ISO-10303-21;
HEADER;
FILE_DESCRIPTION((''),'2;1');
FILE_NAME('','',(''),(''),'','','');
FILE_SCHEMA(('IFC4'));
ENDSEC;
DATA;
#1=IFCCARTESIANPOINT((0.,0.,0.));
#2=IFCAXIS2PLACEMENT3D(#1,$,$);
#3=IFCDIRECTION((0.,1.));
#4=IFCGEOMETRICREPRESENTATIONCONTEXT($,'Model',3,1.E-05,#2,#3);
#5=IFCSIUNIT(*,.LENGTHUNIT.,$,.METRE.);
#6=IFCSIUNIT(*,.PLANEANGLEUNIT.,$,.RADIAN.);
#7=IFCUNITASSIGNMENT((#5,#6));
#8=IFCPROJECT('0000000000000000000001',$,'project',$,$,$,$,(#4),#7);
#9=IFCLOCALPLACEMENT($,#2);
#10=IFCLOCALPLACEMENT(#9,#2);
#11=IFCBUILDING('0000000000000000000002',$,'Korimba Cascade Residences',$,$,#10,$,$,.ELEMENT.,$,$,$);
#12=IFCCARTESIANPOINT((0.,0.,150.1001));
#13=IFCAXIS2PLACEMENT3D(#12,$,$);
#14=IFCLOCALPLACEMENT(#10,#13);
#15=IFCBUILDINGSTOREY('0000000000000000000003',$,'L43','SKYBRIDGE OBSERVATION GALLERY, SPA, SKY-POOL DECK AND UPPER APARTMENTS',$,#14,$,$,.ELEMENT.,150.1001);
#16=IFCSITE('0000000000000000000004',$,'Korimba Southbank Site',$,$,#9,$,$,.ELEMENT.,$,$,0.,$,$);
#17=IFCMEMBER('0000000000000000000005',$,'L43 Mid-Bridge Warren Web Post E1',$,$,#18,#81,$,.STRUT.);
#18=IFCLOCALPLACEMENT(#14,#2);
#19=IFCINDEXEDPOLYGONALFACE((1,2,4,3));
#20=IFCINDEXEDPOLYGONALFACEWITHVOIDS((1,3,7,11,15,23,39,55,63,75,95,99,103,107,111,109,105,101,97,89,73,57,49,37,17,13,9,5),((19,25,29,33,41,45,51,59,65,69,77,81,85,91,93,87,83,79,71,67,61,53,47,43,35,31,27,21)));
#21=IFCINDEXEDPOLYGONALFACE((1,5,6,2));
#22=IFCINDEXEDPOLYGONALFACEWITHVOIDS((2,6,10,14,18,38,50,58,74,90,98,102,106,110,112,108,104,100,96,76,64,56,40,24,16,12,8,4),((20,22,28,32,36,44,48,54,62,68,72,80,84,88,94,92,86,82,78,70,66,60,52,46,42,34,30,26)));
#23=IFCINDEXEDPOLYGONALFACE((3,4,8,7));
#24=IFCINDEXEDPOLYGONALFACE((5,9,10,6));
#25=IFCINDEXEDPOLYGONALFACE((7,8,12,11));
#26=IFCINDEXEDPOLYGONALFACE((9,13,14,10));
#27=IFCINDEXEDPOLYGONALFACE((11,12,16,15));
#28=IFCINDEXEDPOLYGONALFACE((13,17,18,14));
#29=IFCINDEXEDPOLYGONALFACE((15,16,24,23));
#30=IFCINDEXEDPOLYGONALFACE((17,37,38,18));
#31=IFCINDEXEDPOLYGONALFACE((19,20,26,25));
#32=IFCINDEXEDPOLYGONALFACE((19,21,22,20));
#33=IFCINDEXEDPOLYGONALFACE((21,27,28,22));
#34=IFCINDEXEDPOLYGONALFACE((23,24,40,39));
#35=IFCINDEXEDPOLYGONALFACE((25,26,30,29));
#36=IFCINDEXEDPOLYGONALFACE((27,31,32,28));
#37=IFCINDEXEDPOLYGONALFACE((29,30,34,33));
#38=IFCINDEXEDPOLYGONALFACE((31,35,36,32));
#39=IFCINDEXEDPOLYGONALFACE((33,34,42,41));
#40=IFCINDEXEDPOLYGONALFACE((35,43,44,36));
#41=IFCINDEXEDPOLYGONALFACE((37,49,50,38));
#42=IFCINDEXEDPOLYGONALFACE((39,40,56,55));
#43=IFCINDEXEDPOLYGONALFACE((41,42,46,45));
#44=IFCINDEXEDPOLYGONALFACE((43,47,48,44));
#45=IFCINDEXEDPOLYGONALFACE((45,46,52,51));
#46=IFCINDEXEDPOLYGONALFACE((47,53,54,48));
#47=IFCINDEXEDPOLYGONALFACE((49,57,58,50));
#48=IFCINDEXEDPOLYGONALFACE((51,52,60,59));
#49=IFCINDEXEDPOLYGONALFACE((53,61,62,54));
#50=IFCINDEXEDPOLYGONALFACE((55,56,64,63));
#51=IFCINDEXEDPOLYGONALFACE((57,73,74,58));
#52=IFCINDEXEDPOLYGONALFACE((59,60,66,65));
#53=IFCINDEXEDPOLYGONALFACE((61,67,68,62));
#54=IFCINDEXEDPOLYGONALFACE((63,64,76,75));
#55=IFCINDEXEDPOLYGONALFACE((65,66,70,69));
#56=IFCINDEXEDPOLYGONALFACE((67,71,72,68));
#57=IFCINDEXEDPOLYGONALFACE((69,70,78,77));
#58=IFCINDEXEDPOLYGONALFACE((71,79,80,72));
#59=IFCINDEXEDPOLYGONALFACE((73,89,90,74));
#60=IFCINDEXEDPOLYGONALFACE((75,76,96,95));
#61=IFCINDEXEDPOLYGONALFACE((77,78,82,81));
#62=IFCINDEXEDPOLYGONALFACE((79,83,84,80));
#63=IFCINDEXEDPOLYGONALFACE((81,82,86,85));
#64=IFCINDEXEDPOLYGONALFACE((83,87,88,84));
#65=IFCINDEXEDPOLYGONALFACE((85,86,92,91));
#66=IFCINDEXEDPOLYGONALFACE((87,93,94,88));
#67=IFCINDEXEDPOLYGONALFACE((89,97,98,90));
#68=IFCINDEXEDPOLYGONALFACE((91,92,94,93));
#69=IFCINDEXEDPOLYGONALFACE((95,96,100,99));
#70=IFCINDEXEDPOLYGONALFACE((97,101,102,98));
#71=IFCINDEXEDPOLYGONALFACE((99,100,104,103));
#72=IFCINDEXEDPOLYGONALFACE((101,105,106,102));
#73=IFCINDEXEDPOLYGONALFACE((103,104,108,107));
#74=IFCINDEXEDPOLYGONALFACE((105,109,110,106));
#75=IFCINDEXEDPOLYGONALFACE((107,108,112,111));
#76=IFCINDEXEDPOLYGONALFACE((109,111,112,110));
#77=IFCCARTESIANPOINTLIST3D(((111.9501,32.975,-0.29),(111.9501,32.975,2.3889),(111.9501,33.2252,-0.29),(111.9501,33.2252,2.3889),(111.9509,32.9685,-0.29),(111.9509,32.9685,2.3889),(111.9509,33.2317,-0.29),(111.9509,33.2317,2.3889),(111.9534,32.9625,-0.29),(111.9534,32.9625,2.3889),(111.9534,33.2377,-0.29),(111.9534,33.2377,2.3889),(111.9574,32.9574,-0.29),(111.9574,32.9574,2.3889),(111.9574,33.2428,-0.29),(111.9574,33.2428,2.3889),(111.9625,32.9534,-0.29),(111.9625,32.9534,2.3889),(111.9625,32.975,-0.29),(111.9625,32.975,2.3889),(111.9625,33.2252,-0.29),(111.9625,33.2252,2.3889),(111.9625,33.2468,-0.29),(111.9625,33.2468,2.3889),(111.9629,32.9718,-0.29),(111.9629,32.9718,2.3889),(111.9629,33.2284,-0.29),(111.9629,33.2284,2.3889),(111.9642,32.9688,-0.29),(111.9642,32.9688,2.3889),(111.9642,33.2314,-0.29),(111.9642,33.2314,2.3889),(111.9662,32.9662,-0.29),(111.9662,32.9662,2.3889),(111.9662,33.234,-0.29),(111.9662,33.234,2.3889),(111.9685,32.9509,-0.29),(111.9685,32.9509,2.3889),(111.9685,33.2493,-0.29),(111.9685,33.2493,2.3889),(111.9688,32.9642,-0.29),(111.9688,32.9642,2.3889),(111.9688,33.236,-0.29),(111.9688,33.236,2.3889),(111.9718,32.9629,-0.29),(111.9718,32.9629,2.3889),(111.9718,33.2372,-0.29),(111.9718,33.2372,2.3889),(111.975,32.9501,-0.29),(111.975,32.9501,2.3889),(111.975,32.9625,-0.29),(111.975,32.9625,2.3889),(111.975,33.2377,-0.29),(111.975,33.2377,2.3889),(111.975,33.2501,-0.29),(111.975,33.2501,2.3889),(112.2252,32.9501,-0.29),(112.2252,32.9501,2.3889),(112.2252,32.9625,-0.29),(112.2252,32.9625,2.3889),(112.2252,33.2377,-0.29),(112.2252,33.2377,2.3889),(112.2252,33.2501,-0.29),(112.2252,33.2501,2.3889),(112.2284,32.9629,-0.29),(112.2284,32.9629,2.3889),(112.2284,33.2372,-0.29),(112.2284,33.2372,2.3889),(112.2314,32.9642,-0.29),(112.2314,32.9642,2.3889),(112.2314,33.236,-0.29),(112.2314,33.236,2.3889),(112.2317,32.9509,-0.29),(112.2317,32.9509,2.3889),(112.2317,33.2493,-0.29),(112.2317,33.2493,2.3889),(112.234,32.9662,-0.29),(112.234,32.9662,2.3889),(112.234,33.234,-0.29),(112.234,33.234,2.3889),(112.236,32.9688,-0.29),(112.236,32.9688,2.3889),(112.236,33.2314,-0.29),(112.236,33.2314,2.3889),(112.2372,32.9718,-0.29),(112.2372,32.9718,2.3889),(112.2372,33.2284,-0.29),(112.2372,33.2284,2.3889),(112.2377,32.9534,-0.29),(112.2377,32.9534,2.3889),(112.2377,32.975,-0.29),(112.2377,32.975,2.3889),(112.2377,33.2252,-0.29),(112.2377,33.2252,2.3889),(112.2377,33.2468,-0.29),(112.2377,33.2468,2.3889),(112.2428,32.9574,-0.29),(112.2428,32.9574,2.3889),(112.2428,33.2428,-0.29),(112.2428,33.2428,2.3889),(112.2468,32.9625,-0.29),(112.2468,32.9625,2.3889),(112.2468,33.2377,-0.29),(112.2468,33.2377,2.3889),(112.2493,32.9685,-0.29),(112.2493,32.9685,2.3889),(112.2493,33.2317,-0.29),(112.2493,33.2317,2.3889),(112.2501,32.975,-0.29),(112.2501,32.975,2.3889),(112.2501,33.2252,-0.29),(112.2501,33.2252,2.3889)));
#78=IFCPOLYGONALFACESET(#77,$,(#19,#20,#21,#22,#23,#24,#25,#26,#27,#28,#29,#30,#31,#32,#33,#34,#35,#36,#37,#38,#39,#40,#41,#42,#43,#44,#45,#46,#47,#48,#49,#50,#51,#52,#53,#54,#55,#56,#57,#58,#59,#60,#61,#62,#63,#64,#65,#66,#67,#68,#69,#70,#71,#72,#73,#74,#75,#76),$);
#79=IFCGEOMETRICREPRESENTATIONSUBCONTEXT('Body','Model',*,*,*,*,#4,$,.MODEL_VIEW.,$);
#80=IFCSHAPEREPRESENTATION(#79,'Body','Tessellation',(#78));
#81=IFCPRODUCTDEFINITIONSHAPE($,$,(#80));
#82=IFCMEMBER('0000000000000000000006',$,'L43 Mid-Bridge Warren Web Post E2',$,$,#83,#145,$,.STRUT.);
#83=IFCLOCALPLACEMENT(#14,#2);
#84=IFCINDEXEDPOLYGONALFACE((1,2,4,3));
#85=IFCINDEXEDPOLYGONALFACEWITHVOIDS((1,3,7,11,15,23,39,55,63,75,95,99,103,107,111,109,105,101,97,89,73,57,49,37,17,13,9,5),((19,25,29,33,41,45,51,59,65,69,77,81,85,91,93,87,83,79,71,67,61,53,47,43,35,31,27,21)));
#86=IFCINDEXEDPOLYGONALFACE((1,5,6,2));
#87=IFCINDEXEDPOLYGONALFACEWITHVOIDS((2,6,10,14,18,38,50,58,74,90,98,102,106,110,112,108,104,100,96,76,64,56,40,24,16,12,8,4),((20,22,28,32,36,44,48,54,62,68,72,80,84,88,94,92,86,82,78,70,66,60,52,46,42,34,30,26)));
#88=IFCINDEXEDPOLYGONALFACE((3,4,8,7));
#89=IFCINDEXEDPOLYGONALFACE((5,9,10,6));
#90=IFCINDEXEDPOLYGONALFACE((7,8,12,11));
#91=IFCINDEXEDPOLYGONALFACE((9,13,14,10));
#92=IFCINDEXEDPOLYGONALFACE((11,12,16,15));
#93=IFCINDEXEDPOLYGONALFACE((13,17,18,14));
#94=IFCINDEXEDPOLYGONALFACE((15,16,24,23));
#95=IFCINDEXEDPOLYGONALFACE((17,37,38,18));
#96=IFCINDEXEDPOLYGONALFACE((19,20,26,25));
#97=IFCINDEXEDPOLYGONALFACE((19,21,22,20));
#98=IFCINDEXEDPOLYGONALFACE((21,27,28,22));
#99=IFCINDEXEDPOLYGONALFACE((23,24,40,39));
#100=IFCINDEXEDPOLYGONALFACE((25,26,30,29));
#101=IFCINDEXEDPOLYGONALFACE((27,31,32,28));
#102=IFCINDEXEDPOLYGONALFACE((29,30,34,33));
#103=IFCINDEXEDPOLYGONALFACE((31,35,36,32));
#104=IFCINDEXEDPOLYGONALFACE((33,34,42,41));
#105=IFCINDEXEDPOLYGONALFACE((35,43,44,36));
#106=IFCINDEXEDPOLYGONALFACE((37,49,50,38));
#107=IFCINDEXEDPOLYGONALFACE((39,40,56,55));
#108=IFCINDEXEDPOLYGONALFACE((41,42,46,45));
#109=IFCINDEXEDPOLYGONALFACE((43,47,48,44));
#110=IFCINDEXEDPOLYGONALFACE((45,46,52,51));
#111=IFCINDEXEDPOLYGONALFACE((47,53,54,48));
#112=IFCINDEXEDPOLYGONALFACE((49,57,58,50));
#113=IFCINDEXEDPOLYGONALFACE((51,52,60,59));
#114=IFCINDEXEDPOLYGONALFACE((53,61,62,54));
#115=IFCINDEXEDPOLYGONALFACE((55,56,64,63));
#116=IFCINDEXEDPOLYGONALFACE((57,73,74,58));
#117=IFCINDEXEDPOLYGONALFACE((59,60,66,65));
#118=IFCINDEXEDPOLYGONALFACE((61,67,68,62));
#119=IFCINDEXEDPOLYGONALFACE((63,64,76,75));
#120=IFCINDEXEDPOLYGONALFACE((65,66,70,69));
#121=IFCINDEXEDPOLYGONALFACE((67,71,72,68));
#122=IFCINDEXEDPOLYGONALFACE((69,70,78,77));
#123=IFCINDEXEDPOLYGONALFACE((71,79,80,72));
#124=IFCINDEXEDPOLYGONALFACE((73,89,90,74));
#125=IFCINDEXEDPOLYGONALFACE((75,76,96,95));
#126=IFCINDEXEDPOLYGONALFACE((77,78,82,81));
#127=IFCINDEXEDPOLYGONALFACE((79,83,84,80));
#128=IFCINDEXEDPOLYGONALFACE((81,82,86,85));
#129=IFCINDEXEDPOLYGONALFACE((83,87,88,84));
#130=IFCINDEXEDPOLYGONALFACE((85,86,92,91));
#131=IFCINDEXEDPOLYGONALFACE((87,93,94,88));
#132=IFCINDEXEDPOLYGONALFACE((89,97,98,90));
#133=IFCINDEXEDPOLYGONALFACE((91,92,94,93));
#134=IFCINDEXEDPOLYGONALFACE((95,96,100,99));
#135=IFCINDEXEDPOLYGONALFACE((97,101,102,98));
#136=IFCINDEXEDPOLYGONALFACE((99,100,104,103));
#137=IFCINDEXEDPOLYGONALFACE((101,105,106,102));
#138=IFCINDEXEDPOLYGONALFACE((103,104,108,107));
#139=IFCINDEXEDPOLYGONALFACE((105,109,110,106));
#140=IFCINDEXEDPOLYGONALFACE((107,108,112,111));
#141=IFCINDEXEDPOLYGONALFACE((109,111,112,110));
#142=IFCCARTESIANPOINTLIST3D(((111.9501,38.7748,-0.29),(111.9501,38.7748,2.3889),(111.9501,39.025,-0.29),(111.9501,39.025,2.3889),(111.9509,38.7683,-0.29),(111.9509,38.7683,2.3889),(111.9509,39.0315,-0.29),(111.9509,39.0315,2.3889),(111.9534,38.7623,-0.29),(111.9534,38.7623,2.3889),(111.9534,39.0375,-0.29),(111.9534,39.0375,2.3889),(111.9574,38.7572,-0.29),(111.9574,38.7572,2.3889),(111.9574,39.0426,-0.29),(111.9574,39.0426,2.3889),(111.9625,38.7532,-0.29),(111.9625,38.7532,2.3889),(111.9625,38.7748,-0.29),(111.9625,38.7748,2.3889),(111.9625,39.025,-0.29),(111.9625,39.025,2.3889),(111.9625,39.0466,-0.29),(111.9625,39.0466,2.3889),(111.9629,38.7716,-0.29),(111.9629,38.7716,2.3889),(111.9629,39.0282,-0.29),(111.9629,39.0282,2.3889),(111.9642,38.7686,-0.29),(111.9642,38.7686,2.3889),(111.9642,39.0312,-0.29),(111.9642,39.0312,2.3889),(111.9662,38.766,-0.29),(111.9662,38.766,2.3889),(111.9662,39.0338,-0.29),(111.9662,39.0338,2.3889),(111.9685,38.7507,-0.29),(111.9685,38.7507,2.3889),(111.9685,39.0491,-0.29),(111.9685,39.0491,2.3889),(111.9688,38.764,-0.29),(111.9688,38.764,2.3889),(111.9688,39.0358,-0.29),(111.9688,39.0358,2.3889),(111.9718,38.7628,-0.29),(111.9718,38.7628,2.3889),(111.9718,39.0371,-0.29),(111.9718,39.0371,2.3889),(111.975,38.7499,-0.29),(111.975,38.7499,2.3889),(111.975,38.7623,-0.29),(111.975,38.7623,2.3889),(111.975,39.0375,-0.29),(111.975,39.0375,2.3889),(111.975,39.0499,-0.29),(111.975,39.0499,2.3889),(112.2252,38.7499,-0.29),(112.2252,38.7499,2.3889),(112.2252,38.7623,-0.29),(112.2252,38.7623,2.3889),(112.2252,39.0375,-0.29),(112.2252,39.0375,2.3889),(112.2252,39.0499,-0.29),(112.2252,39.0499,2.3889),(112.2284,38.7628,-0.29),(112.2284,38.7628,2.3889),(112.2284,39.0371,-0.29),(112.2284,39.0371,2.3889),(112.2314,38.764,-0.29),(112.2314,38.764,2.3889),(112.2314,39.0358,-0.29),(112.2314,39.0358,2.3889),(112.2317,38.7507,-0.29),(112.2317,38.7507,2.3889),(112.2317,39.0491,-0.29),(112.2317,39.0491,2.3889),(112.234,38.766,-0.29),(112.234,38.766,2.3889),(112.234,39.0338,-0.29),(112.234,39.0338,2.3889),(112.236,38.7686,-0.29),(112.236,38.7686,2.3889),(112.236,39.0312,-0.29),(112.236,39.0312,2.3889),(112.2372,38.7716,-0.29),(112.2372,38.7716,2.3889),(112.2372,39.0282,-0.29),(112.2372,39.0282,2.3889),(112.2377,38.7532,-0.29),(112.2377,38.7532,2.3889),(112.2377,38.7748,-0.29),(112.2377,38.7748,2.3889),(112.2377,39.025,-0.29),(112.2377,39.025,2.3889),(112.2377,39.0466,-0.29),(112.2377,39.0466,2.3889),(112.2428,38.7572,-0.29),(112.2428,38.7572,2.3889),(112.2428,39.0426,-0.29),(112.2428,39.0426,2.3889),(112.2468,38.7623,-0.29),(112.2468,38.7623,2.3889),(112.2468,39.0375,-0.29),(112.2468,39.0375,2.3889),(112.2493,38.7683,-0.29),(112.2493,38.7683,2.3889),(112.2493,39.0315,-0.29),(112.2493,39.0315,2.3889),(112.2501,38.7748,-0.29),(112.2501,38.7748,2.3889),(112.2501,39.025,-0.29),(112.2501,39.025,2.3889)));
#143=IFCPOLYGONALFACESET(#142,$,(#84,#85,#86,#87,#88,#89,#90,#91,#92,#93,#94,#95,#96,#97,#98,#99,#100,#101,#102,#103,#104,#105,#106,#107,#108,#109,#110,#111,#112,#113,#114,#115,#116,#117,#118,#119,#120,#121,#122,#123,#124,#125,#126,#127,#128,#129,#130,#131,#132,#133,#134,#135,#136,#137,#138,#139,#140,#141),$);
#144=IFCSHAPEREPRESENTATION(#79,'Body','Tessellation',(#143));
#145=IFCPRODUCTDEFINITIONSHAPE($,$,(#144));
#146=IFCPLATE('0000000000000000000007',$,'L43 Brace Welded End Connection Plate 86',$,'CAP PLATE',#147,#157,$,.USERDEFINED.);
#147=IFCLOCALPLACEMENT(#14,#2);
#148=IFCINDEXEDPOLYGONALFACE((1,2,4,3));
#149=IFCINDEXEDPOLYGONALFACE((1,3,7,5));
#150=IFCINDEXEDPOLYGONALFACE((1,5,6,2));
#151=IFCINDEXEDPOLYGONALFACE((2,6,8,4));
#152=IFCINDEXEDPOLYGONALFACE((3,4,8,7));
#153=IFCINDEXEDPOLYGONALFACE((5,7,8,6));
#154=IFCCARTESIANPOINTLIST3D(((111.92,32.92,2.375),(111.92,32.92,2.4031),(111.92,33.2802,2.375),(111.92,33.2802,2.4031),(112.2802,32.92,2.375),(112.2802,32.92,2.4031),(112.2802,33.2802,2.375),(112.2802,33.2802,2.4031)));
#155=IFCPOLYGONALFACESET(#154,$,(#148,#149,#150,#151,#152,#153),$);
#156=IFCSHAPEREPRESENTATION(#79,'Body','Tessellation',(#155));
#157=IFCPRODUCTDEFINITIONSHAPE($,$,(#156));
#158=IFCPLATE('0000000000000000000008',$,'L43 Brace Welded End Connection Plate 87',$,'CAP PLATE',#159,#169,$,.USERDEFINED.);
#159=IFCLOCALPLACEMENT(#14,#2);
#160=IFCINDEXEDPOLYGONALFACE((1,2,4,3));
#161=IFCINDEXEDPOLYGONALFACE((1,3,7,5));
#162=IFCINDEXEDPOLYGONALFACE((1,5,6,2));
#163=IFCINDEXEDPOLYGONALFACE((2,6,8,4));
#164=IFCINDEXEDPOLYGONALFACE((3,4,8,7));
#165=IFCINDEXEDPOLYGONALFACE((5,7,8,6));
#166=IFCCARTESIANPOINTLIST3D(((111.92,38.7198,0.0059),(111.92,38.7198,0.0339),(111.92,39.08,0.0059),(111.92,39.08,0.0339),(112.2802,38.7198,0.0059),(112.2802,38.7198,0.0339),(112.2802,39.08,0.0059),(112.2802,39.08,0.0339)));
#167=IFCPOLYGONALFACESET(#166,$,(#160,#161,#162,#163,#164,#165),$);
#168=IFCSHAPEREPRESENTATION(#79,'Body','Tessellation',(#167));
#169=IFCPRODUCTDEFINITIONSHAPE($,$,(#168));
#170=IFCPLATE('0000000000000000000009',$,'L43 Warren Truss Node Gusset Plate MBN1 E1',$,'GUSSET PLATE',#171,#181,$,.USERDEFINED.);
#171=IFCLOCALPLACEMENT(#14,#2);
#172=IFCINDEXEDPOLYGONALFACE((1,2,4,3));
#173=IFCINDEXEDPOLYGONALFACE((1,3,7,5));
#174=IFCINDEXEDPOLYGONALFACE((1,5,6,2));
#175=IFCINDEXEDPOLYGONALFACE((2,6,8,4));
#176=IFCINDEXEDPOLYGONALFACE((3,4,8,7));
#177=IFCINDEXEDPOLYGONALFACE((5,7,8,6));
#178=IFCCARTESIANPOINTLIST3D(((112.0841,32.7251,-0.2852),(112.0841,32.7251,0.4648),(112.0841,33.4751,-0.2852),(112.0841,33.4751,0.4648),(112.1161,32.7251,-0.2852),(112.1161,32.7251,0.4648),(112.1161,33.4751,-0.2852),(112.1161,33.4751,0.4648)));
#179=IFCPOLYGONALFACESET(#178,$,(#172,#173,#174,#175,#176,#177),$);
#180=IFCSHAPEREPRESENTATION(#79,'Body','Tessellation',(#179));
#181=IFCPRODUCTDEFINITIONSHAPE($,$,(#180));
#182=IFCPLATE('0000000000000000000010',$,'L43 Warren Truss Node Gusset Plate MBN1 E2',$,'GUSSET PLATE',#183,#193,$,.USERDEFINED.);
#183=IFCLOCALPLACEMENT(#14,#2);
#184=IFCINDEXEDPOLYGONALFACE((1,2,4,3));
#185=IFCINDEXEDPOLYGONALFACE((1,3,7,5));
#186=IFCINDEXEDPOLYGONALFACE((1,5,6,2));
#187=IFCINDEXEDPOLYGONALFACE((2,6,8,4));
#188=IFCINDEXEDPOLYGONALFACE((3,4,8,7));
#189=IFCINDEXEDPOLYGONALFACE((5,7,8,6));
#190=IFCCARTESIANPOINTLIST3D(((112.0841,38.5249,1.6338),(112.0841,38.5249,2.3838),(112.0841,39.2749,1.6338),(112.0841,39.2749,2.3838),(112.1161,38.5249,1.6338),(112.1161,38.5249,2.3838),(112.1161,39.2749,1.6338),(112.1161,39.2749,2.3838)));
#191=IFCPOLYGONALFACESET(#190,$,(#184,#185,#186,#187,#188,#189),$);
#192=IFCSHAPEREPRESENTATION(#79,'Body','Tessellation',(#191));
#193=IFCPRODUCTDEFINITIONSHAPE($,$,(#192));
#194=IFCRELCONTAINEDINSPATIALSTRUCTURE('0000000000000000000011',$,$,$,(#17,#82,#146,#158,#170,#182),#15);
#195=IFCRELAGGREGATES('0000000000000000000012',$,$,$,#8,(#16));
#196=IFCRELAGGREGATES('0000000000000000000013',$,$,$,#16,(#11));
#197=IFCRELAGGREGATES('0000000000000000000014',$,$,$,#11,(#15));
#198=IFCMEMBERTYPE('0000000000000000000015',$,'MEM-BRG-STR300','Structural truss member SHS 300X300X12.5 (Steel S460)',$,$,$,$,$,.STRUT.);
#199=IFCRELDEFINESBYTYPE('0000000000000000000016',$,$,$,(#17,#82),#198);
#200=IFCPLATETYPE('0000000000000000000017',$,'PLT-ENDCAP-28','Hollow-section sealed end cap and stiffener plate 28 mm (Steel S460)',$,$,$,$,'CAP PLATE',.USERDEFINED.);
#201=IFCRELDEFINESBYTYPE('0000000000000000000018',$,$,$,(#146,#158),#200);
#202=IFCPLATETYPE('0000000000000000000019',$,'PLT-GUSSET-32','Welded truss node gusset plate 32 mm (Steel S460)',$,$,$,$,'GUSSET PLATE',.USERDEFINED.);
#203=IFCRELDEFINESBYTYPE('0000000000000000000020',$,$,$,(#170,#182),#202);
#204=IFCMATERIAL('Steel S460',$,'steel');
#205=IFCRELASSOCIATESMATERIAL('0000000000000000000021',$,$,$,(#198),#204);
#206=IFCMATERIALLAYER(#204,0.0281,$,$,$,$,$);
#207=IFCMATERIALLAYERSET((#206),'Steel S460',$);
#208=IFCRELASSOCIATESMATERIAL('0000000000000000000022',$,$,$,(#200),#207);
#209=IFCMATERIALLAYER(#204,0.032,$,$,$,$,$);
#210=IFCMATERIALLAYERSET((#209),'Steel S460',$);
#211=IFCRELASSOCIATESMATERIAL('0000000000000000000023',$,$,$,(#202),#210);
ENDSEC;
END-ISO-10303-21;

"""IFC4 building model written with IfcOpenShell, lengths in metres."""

from ifc_helpers import new_model, si_unit, direction, frame, origin, origin_2d, place, context, subcontext, project, spatial, rectangle, hollow_rectangle, extrude, material, layer, layer_set, material_profile, profile_set, type_object, element, save


model = new_model("IFC4")

# Units and contexts
model_context = context("Model", 3, precision=1e-05, world=origin(), true_north=direction((0.0, 1.0)))
body_context = subcontext(model_context, "Body", "Model", "MODEL_VIEW")
ifc_project = project(units=[si_unit("LENGTHUNIT", "METRE"), si_unit("PLANEANGLEUNIT", "RADIAN")], contexts=[model_context])

# Site, building, storey
site_placement = place(None, origin())
site = spatial("IfcSite", under=ifc_project, at=site_placement, Name="Korimba Southbank Site", CompositionType="ELEMENT", RefElevation=0.0)
building_placement = place(site_placement, origin())
building = spatial("IfcBuilding", under=site, at=building_placement, Name="Korimba Cascade Residences", CompositionType="ELEMENT")
storey_placement = place(building_placement, frame((0.0, 0.0, 150.1001)))
storey = spatial("IfcBuildingStorey", under=building, at=storey_placement, Name="L43", Description="SKYBRIDGE OBSERVATION GALLERY, SPA, SKY-POOL DECK AND UPPER APARTMENTS", CompositionType="ELEMENT", Elevation=150.1001)

# Members
ifc_material_1 = material(Name="Steel S460", Category="steel")
ifc_material_profile_1 = material_profile(ifc_material_1, hollow_rectangle(XDim=0.3, YDim=0.3, WallThickness=0.0125, InnerFilletRadius=0.0125, OuterFilletRadius=0.0249, at=origin_2d()), Name="Steel S460")
ifc_profile_set_1 = profile_set([ifc_material_profile_1], Name="Steel S460")
member_type_1 = type_object("IfcMemberType", Name="MEM-BRG-STR300", Description="Structural truss member SHS 300X300X12.5 (Steel S460)", PredefinedType="STRUT", material=ifc_profile_set_1)
for number, where, z_axis, x_axis, name in (
    (1, (112.1001, 33.1001, -0.29), (0.0, 0.0, 1.0), (1.0, 0.0, 0.0), "L43 Mid-Bridge Warren Web Post E1"),
    (2, (112.1001, 38.8999, -0.29), (0.0, 0.0, 1.0), (1.0, 0.0, 0.0), "L43 Mid-Bridge Warren Web Post E2"),
):
    element("IfcMember", number, at=place(storey_placement, frame(where, z_axis=z_axis, x_axis=x_axis)), inside=storey, type_object=member_type_1, Name=name, PredefinedType="STRUT", context=body_context, shape_type="SweptSolid", body=[
        extrude(hollow_rectangle(XDim=0.3, YDim=0.3, WallThickness=0.0125, InnerFilletRadius=0.0125, OuterFilletRadius=0.0249, at=origin_2d()), origin(), (0.0, 0.0, 1.0), 2.679),
    ])

# Plates
ifc_layer_1 = layer(ifc_material_1, 0.0281)
ifc_layer_set_1 = layer_set([ifc_layer_1], Name="Steel S460")
plate_type_1 = type_object("IfcPlateType", Name="PLT-ENDCAP-28", Description="Hollow-section sealed end cap and stiffener plate 28 mm (Steel S460)", ElementType="CAP PLATE", PredefinedType="USERDEFINED", material=ifc_layer_set_1)
for number, where, z_axis, x_axis, name in (
    (3, (112.1001, 33.1001, 2.375), (0.0, 0.0, 1.0), (1.0, 0.0, 0.0), "L43 Brace Welded End Connection Plate 86"),
    (4, (112.1001, 38.8999, 0.0059), (0.0, 0.0, 1.0), (1.0, 0.0, 0.0), "L43 Brace Welded End Connection Plate 87"),
):
    element("IfcPlate", number, at=place(storey_placement, frame(where, z_axis=z_axis, x_axis=x_axis)), inside=storey, type_object=plate_type_1, Name=name, ObjectType="CAP PLATE", PredefinedType="USERDEFINED", context=body_context, shape_type="SweptSolid", body=[
        extrude(rectangle(XDim=0.3601, YDim=0.3601, at=origin_2d()), origin(), (0.0, 0.0, 1.0), 0.0281),
    ])
ifc_layer_2 = layer(ifc_material_1, 0.032)
ifc_layer_set_2 = layer_set([ifc_layer_2], Name="Steel S460")
plate_type_2 = type_object("IfcPlateType", Name="PLT-GUSSET-32", Description="Welded truss node gusset plate 32 mm (Steel S460)", ElementType="GUSSET PLATE", PredefinedType="USERDEFINED", material=ifc_layer_set_2)
for number, where, z_axis, x_axis, name in (
    (5, (112.1001, 33.1001, -0.2852), (0.0, 0.0, 1.0), (1.0, 0.0, 0.0), "L43 Warren Truss Node Gusset Plate MBN1 E1"),
    (6, (112.1001, 38.8999, 1.6338), (0.0, 0.0, 1.0), (1.0, 0.0, 0.0), "L43 Warren Truss Node Gusset Plate MBN1 E2"),
):
    element("IfcPlate", number, at=place(storey_placement, frame(where, z_axis=z_axis, x_axis=x_axis)), inside=storey, type_object=plate_type_2, Name=name, ObjectType="GUSSET PLATE", PredefinedType="USERDEFINED", context=body_context, shape_type="SweptSolid", body=[
        extrude(rectangle(XDim=0.032, YDim=0.75, at=origin_2d()), origin(), (0.0, 0.0, 1.0), 0.75),
    ])

save(model, "model.ifc")
